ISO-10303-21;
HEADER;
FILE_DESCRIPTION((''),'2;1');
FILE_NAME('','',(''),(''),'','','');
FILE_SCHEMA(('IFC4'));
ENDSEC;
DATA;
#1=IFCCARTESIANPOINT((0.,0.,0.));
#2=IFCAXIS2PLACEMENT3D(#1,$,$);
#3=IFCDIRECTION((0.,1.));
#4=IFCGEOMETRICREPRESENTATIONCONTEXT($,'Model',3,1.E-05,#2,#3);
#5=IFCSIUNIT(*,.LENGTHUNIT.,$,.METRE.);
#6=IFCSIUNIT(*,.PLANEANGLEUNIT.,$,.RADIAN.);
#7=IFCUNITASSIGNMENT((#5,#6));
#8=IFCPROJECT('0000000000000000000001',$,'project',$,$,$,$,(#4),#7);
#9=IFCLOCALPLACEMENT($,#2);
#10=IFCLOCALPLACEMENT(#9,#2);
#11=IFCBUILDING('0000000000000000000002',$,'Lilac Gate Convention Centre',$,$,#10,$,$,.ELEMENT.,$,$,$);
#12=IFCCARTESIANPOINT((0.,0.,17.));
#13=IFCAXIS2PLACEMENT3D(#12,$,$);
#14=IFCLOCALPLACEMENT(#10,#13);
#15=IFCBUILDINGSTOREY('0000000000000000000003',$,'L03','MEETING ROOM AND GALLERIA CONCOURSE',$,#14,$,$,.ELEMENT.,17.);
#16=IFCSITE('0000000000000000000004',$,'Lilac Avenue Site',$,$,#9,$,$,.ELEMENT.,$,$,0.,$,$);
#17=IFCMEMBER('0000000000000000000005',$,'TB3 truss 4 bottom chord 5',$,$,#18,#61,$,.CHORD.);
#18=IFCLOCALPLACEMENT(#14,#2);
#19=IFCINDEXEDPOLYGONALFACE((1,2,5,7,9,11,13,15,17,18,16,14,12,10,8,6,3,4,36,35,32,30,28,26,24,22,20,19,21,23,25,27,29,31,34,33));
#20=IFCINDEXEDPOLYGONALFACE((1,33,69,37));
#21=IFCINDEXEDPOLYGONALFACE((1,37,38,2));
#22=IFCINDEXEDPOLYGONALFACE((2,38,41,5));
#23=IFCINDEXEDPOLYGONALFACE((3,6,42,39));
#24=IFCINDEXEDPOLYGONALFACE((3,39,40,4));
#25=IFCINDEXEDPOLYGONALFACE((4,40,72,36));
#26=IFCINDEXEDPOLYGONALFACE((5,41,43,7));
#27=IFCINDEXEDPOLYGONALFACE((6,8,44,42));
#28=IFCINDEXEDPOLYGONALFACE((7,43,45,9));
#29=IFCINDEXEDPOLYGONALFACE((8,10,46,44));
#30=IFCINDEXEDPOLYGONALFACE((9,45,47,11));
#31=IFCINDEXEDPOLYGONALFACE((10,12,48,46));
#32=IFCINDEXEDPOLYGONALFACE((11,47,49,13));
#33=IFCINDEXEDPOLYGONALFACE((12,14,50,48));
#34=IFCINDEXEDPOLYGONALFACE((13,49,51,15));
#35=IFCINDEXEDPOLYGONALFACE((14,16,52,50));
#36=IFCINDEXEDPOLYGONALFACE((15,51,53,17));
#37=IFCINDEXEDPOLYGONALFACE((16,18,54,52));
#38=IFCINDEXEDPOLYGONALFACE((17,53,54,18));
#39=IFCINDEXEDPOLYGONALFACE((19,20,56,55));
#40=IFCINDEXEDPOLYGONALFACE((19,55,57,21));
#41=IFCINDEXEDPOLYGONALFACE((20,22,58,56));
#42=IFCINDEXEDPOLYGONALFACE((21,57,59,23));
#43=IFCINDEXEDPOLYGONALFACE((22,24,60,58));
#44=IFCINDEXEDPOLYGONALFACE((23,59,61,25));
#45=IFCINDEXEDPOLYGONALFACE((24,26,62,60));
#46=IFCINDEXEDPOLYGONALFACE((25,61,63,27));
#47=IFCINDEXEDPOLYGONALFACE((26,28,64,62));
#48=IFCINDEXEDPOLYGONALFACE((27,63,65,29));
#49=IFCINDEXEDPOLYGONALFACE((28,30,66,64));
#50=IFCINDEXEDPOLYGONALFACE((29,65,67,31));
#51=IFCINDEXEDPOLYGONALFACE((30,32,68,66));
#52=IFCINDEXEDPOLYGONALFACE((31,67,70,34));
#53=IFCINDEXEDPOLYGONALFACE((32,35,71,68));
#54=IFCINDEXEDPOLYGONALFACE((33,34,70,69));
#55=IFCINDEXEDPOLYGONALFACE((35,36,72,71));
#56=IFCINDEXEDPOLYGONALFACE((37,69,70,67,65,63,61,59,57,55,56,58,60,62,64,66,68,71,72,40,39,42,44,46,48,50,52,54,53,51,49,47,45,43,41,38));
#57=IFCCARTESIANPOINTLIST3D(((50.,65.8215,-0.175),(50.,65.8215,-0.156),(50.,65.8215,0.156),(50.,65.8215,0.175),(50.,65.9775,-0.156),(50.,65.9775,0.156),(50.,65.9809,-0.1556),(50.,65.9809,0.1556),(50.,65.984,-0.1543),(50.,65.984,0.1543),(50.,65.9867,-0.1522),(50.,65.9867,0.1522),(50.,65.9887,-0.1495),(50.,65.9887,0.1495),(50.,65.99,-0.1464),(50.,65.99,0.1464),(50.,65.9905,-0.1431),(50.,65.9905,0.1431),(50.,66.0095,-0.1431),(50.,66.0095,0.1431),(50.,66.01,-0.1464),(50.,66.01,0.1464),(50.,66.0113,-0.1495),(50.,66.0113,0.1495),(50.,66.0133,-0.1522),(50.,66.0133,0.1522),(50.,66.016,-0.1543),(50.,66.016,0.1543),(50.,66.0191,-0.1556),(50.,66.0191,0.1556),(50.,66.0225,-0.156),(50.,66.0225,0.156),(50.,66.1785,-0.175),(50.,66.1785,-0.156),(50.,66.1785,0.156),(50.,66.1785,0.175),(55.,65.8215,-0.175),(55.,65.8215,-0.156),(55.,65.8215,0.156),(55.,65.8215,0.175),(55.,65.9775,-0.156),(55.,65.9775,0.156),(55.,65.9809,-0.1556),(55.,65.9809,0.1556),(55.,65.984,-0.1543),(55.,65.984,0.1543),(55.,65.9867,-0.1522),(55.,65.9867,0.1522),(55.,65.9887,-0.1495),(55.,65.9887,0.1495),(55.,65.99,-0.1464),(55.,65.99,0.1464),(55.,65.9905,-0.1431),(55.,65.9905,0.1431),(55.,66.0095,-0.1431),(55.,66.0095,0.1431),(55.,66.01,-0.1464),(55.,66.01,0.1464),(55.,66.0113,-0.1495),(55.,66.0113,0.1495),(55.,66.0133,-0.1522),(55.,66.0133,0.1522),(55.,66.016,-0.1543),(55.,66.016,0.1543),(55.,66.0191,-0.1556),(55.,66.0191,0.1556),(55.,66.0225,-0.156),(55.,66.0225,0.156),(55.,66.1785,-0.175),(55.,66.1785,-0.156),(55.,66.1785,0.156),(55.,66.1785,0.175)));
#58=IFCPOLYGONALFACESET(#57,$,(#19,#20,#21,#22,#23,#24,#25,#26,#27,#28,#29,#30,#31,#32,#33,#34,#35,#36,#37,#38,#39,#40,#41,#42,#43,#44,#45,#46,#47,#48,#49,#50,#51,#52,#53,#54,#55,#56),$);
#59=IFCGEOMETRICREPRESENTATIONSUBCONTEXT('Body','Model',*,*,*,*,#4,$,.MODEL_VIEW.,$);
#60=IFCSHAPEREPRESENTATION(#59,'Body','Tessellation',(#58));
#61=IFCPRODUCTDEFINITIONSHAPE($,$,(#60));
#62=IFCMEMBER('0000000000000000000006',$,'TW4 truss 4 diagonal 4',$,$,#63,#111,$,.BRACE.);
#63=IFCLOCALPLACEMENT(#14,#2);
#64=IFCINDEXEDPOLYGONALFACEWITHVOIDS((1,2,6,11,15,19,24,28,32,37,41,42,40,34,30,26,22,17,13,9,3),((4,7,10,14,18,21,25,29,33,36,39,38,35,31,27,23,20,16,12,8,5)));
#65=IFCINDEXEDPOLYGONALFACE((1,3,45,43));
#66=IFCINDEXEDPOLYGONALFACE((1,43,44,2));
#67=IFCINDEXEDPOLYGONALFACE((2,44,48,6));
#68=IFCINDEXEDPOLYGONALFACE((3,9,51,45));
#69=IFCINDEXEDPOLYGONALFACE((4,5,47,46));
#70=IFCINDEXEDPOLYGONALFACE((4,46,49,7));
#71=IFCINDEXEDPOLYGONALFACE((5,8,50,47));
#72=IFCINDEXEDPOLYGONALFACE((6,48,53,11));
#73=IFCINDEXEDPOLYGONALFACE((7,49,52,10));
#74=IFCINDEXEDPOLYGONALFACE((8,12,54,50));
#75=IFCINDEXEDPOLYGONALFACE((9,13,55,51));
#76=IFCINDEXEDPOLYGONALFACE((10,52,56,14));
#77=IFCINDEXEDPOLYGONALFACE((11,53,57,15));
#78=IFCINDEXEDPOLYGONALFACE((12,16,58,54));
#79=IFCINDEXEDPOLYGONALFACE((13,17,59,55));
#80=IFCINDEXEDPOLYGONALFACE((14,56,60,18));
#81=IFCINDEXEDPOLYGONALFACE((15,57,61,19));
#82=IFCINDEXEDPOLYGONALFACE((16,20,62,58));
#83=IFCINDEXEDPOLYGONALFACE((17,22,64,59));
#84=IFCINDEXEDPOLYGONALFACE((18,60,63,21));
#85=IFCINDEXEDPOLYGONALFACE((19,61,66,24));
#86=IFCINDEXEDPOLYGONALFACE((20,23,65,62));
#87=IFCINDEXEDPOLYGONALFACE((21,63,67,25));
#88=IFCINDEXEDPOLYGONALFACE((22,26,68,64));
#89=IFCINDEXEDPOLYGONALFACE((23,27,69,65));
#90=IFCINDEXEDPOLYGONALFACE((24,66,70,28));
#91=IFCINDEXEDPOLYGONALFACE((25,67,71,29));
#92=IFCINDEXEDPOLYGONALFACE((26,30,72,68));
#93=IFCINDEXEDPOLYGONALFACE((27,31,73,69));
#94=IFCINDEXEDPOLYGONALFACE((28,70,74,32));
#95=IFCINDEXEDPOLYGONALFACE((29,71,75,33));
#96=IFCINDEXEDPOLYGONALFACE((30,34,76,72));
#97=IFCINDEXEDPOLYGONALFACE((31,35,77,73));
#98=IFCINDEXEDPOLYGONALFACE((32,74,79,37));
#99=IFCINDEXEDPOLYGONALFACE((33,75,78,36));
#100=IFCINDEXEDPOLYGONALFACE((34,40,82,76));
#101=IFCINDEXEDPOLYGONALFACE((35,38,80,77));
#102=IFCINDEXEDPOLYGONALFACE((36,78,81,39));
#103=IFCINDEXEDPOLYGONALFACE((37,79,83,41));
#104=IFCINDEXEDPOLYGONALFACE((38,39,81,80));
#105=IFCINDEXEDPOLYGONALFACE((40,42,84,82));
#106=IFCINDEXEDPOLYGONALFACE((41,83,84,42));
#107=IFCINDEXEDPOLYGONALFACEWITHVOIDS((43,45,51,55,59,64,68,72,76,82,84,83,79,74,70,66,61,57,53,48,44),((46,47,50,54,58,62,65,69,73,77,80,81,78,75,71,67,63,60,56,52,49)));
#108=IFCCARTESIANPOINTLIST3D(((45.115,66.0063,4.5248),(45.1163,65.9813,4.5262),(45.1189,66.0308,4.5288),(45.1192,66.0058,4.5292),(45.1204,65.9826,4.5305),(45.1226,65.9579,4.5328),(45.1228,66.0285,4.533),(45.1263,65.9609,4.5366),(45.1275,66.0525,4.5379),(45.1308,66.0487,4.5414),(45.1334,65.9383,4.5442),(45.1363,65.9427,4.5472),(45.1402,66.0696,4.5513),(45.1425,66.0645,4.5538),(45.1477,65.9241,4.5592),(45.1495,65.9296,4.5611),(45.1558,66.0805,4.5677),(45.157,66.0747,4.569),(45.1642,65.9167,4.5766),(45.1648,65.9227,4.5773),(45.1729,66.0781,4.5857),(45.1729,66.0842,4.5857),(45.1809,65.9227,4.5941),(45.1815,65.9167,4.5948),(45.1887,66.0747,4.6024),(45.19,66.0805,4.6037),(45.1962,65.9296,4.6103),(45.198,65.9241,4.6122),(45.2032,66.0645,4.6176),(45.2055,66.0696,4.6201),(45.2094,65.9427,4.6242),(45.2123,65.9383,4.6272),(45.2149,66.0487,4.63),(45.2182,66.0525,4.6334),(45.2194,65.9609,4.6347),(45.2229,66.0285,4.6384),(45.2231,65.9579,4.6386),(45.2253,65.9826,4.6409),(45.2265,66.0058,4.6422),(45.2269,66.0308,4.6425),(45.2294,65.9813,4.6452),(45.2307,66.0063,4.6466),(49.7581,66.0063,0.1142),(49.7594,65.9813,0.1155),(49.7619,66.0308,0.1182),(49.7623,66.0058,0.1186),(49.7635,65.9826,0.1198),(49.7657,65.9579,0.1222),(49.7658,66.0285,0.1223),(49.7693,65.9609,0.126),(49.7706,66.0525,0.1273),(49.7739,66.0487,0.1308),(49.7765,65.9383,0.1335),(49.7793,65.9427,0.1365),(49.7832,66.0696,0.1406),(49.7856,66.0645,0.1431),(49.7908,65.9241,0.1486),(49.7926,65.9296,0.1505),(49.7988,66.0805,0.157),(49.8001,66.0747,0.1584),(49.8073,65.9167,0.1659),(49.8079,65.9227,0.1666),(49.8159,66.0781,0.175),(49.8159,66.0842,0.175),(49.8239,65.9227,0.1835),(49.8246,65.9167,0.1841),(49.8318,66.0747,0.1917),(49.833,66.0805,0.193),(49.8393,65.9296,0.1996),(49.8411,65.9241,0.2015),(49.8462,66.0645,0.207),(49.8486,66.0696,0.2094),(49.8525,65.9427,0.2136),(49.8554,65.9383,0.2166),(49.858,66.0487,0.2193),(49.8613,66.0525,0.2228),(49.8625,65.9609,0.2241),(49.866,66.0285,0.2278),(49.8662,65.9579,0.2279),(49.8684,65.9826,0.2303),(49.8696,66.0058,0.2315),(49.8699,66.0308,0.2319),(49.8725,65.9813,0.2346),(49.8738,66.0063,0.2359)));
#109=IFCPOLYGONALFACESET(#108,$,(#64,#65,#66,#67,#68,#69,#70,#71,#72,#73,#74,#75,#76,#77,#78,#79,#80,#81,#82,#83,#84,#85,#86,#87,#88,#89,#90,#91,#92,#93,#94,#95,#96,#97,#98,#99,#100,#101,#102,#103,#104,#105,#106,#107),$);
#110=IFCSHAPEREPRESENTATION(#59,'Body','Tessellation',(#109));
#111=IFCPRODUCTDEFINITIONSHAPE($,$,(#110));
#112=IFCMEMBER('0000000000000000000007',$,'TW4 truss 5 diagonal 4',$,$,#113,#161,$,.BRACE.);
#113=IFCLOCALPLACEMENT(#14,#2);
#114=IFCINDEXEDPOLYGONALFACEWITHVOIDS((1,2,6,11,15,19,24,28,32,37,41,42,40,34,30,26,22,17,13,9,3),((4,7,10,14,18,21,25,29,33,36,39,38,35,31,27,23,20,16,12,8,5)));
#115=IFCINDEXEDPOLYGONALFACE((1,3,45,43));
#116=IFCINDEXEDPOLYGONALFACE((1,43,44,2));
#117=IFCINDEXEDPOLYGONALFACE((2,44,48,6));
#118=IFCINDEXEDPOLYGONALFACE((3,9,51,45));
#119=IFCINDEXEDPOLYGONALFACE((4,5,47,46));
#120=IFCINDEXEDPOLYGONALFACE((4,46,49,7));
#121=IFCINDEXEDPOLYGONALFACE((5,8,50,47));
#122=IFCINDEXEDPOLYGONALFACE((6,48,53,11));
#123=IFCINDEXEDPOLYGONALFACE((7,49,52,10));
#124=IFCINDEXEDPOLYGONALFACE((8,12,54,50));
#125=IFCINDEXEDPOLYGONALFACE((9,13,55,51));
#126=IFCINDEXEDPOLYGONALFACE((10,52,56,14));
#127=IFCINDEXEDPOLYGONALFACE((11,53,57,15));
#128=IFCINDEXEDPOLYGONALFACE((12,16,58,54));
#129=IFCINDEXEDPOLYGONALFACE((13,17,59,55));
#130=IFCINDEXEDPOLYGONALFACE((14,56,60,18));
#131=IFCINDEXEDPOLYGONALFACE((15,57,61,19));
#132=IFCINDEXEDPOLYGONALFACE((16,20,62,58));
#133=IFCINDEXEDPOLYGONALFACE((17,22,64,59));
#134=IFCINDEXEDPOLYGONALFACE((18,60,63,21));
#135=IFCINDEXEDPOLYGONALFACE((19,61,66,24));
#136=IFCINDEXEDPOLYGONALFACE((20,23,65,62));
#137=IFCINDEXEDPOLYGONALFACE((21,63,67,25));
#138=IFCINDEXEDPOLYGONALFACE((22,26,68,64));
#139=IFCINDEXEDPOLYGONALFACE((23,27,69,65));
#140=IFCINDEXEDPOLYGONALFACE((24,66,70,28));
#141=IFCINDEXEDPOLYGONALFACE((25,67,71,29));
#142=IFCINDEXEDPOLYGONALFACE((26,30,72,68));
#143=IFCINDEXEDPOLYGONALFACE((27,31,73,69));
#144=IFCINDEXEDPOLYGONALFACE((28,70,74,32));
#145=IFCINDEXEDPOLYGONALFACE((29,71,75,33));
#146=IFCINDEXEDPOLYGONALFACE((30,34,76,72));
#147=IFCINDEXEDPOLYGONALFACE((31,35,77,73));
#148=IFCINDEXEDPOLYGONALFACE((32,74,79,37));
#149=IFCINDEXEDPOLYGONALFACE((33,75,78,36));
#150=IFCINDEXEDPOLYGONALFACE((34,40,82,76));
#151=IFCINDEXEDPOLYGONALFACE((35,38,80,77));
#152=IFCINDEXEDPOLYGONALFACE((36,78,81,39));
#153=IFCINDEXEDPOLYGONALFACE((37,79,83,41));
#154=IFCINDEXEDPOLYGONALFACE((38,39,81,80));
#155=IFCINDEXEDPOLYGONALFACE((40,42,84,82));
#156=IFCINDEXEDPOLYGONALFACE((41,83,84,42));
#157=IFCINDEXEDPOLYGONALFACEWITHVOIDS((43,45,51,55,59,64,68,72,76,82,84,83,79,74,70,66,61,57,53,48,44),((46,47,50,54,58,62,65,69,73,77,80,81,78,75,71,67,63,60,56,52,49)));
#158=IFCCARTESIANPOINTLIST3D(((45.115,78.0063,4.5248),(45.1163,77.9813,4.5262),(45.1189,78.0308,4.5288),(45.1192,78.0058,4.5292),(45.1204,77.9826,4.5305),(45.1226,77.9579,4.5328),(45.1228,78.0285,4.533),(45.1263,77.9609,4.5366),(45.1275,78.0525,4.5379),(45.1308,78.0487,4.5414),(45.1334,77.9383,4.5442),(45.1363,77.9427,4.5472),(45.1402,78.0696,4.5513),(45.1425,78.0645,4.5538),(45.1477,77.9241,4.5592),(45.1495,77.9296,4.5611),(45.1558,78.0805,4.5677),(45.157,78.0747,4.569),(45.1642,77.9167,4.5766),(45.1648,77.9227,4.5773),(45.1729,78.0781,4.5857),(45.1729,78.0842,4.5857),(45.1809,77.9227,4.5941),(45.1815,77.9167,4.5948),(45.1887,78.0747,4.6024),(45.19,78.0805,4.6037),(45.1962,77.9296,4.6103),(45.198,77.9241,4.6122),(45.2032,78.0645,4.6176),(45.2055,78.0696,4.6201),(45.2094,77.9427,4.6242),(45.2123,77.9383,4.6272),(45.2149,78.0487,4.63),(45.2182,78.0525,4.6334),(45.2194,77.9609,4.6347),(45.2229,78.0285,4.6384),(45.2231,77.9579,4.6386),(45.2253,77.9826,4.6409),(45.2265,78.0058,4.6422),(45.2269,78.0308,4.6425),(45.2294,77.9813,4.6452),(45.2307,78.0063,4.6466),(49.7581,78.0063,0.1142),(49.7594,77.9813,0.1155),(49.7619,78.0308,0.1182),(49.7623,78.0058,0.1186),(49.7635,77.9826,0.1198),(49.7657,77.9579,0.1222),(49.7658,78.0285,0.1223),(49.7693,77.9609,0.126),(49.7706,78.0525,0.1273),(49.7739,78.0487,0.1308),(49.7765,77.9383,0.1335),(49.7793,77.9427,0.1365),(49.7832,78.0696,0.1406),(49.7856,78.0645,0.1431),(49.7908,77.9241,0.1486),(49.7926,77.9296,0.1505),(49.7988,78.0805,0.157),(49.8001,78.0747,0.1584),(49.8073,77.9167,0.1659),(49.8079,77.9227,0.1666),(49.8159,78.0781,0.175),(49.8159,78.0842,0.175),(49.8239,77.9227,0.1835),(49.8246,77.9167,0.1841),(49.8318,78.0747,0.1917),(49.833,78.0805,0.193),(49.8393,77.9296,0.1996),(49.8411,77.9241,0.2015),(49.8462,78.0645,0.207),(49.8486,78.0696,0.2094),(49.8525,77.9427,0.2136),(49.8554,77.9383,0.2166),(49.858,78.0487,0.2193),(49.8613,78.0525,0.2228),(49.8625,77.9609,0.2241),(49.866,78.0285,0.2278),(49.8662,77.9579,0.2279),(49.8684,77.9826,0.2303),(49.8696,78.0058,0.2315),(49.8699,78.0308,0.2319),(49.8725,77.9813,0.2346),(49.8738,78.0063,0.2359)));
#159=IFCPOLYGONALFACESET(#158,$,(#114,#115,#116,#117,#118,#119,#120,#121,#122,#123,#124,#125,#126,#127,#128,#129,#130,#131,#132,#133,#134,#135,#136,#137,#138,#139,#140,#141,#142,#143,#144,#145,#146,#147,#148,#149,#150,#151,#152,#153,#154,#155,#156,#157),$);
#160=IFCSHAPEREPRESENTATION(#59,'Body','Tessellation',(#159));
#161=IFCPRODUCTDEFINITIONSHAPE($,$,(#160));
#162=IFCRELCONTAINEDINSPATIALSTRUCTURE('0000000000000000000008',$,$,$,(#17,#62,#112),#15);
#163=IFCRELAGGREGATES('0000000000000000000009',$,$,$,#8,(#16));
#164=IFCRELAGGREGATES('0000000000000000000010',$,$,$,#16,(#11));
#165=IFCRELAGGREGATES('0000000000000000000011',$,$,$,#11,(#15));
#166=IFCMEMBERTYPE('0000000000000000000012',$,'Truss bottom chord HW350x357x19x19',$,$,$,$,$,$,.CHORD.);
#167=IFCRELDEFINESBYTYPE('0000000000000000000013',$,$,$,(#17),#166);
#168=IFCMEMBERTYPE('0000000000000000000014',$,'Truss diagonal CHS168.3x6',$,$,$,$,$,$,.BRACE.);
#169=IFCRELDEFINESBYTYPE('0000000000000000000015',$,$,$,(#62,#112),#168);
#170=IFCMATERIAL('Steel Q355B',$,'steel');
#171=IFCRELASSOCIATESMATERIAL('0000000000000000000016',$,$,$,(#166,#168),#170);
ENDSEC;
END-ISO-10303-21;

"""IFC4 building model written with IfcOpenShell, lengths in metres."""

from ifc_helpers import new_model, si_unit, direction, frame, origin, origin_2d, place, context, subcontext, project, spatial, hollow_circle, i_section, extrude, material, material_profile, profile_set, type_object, element, save


model = new_model("IFC4")

# Units and contexts
model_context = context("Model", 3, precision=1e-05, world=origin(), true_north=direction((0.0, 1.0)))
body_context = subcontext(model_context, "Body", "Model", "MODEL_VIEW")
ifc_project = project(units=[si_unit("LENGTHUNIT", "METRE"), si_unit("PLANEANGLEUNIT", "RADIAN")], contexts=[model_context])

# Site, building, storey
site_placement = place(None, origin())
site = spatial("IfcSite", under=ifc_project, at=site_placement, Name="Lilac Avenue Site", CompositionType="ELEMENT", RefElevation=0.0)
building_placement = place(site_placement, origin())
building = spatial("IfcBuilding", under=site, at=building_placement, Name="Lilac Gate Convention Centre", CompositionType="ELEMENT")
storey_placement = place(building_placement, frame((0.0, 0.0, 17.0)))
storey = spatial("IfcBuildingStorey", under=building, at=storey_placement, Name="L03", Description="MEETING ROOM AND GALLERIA CONCOURSE", CompositionType="ELEMENT", Elevation=17.0)

# Members
ifc_material = material(Name="Steel Q355B", Category="steel")
ifc_material_profile_1 = material_profile(ifc_material, i_section(OverallWidth=0.3569, OverallDepth=0.3501, WebThickness=0.019, FlangeThickness=0.019, FilletRadius=0.0129, at=origin_2d()), Name="HW350x357x19x19")
ifc_profile_set_1 = profile_set([ifc_material_profile_1], Name="Steel Q355B")
member_type_1 = type_object("IfcMemberType", Name="Truss bottom chord HW350x357x19x19", PredefinedType="CHORD", material=ifc_profile_set_1)
member_1_placement = place(storey_placement, frame((50.0, 66.0, 0.0), z_axis=(1.0, 0.0, 0.0), x_axis=(0.0, 1.0, 0.0)))
element("IfcMember", 1, at=member_1_placement, inside=storey, type_object=member_type_1, Name="TB3 truss 4 bottom chord 5", PredefinedType="CHORD", context=body_context, shape_type="SweptSolid", body=[
    extrude(i_section(OverallWidth=0.3569, OverallDepth=0.3501, WebThickness=0.019, FlangeThickness=0.019, FilletRadius=0.0129, at=origin_2d()), origin(), (0.0, 0.0, 1.0), 5.0),
])
ifc_material_profile_2 = material_profile(ifc_material, hollow_circle(Radius=0.0842, WallThickness=0.0061, at=origin_2d()), Name="CHS168.3x6")
ifc_profile_set_2 = profile_set([ifc_material_profile_2], Name="Steel Q355B")
member_type_2 = type_object("IfcMemberType", Name="Truss diagonal CHS168.3x6", PredefinedType="BRACE", material=ifc_profile_set_2)
for number, where, z_axis, x_axis, name in (
    (2, (45.1729, 66.0, 4.5857), (0.72502, 0.0, -0.688727), (0.0, 1.0, 0.0), "TW4 truss 4 diagonal 4"),
    (3, (45.1729, 78.0, 4.5857), (0.72502, 0.0, -0.688727), (0.0, 1.0, 0.0), "TW4 truss 5 diagonal 4"),
):
    element("IfcMember", number, at=place(storey_placement, frame(where, z_axis=z_axis, x_axis=x_axis)), inside=storey, type_object=member_type_2, Name=name, PredefinedType="BRACE", context=body_context, shape_type="SweptSolid", body=[
        extrude(hollow_circle(Radius=0.0842, WallThickness=0.0061, at=origin_2d()), origin(), (0.0, 0.0, 1.0), 6.4041),
    ])

save(model, "model.ifc")
